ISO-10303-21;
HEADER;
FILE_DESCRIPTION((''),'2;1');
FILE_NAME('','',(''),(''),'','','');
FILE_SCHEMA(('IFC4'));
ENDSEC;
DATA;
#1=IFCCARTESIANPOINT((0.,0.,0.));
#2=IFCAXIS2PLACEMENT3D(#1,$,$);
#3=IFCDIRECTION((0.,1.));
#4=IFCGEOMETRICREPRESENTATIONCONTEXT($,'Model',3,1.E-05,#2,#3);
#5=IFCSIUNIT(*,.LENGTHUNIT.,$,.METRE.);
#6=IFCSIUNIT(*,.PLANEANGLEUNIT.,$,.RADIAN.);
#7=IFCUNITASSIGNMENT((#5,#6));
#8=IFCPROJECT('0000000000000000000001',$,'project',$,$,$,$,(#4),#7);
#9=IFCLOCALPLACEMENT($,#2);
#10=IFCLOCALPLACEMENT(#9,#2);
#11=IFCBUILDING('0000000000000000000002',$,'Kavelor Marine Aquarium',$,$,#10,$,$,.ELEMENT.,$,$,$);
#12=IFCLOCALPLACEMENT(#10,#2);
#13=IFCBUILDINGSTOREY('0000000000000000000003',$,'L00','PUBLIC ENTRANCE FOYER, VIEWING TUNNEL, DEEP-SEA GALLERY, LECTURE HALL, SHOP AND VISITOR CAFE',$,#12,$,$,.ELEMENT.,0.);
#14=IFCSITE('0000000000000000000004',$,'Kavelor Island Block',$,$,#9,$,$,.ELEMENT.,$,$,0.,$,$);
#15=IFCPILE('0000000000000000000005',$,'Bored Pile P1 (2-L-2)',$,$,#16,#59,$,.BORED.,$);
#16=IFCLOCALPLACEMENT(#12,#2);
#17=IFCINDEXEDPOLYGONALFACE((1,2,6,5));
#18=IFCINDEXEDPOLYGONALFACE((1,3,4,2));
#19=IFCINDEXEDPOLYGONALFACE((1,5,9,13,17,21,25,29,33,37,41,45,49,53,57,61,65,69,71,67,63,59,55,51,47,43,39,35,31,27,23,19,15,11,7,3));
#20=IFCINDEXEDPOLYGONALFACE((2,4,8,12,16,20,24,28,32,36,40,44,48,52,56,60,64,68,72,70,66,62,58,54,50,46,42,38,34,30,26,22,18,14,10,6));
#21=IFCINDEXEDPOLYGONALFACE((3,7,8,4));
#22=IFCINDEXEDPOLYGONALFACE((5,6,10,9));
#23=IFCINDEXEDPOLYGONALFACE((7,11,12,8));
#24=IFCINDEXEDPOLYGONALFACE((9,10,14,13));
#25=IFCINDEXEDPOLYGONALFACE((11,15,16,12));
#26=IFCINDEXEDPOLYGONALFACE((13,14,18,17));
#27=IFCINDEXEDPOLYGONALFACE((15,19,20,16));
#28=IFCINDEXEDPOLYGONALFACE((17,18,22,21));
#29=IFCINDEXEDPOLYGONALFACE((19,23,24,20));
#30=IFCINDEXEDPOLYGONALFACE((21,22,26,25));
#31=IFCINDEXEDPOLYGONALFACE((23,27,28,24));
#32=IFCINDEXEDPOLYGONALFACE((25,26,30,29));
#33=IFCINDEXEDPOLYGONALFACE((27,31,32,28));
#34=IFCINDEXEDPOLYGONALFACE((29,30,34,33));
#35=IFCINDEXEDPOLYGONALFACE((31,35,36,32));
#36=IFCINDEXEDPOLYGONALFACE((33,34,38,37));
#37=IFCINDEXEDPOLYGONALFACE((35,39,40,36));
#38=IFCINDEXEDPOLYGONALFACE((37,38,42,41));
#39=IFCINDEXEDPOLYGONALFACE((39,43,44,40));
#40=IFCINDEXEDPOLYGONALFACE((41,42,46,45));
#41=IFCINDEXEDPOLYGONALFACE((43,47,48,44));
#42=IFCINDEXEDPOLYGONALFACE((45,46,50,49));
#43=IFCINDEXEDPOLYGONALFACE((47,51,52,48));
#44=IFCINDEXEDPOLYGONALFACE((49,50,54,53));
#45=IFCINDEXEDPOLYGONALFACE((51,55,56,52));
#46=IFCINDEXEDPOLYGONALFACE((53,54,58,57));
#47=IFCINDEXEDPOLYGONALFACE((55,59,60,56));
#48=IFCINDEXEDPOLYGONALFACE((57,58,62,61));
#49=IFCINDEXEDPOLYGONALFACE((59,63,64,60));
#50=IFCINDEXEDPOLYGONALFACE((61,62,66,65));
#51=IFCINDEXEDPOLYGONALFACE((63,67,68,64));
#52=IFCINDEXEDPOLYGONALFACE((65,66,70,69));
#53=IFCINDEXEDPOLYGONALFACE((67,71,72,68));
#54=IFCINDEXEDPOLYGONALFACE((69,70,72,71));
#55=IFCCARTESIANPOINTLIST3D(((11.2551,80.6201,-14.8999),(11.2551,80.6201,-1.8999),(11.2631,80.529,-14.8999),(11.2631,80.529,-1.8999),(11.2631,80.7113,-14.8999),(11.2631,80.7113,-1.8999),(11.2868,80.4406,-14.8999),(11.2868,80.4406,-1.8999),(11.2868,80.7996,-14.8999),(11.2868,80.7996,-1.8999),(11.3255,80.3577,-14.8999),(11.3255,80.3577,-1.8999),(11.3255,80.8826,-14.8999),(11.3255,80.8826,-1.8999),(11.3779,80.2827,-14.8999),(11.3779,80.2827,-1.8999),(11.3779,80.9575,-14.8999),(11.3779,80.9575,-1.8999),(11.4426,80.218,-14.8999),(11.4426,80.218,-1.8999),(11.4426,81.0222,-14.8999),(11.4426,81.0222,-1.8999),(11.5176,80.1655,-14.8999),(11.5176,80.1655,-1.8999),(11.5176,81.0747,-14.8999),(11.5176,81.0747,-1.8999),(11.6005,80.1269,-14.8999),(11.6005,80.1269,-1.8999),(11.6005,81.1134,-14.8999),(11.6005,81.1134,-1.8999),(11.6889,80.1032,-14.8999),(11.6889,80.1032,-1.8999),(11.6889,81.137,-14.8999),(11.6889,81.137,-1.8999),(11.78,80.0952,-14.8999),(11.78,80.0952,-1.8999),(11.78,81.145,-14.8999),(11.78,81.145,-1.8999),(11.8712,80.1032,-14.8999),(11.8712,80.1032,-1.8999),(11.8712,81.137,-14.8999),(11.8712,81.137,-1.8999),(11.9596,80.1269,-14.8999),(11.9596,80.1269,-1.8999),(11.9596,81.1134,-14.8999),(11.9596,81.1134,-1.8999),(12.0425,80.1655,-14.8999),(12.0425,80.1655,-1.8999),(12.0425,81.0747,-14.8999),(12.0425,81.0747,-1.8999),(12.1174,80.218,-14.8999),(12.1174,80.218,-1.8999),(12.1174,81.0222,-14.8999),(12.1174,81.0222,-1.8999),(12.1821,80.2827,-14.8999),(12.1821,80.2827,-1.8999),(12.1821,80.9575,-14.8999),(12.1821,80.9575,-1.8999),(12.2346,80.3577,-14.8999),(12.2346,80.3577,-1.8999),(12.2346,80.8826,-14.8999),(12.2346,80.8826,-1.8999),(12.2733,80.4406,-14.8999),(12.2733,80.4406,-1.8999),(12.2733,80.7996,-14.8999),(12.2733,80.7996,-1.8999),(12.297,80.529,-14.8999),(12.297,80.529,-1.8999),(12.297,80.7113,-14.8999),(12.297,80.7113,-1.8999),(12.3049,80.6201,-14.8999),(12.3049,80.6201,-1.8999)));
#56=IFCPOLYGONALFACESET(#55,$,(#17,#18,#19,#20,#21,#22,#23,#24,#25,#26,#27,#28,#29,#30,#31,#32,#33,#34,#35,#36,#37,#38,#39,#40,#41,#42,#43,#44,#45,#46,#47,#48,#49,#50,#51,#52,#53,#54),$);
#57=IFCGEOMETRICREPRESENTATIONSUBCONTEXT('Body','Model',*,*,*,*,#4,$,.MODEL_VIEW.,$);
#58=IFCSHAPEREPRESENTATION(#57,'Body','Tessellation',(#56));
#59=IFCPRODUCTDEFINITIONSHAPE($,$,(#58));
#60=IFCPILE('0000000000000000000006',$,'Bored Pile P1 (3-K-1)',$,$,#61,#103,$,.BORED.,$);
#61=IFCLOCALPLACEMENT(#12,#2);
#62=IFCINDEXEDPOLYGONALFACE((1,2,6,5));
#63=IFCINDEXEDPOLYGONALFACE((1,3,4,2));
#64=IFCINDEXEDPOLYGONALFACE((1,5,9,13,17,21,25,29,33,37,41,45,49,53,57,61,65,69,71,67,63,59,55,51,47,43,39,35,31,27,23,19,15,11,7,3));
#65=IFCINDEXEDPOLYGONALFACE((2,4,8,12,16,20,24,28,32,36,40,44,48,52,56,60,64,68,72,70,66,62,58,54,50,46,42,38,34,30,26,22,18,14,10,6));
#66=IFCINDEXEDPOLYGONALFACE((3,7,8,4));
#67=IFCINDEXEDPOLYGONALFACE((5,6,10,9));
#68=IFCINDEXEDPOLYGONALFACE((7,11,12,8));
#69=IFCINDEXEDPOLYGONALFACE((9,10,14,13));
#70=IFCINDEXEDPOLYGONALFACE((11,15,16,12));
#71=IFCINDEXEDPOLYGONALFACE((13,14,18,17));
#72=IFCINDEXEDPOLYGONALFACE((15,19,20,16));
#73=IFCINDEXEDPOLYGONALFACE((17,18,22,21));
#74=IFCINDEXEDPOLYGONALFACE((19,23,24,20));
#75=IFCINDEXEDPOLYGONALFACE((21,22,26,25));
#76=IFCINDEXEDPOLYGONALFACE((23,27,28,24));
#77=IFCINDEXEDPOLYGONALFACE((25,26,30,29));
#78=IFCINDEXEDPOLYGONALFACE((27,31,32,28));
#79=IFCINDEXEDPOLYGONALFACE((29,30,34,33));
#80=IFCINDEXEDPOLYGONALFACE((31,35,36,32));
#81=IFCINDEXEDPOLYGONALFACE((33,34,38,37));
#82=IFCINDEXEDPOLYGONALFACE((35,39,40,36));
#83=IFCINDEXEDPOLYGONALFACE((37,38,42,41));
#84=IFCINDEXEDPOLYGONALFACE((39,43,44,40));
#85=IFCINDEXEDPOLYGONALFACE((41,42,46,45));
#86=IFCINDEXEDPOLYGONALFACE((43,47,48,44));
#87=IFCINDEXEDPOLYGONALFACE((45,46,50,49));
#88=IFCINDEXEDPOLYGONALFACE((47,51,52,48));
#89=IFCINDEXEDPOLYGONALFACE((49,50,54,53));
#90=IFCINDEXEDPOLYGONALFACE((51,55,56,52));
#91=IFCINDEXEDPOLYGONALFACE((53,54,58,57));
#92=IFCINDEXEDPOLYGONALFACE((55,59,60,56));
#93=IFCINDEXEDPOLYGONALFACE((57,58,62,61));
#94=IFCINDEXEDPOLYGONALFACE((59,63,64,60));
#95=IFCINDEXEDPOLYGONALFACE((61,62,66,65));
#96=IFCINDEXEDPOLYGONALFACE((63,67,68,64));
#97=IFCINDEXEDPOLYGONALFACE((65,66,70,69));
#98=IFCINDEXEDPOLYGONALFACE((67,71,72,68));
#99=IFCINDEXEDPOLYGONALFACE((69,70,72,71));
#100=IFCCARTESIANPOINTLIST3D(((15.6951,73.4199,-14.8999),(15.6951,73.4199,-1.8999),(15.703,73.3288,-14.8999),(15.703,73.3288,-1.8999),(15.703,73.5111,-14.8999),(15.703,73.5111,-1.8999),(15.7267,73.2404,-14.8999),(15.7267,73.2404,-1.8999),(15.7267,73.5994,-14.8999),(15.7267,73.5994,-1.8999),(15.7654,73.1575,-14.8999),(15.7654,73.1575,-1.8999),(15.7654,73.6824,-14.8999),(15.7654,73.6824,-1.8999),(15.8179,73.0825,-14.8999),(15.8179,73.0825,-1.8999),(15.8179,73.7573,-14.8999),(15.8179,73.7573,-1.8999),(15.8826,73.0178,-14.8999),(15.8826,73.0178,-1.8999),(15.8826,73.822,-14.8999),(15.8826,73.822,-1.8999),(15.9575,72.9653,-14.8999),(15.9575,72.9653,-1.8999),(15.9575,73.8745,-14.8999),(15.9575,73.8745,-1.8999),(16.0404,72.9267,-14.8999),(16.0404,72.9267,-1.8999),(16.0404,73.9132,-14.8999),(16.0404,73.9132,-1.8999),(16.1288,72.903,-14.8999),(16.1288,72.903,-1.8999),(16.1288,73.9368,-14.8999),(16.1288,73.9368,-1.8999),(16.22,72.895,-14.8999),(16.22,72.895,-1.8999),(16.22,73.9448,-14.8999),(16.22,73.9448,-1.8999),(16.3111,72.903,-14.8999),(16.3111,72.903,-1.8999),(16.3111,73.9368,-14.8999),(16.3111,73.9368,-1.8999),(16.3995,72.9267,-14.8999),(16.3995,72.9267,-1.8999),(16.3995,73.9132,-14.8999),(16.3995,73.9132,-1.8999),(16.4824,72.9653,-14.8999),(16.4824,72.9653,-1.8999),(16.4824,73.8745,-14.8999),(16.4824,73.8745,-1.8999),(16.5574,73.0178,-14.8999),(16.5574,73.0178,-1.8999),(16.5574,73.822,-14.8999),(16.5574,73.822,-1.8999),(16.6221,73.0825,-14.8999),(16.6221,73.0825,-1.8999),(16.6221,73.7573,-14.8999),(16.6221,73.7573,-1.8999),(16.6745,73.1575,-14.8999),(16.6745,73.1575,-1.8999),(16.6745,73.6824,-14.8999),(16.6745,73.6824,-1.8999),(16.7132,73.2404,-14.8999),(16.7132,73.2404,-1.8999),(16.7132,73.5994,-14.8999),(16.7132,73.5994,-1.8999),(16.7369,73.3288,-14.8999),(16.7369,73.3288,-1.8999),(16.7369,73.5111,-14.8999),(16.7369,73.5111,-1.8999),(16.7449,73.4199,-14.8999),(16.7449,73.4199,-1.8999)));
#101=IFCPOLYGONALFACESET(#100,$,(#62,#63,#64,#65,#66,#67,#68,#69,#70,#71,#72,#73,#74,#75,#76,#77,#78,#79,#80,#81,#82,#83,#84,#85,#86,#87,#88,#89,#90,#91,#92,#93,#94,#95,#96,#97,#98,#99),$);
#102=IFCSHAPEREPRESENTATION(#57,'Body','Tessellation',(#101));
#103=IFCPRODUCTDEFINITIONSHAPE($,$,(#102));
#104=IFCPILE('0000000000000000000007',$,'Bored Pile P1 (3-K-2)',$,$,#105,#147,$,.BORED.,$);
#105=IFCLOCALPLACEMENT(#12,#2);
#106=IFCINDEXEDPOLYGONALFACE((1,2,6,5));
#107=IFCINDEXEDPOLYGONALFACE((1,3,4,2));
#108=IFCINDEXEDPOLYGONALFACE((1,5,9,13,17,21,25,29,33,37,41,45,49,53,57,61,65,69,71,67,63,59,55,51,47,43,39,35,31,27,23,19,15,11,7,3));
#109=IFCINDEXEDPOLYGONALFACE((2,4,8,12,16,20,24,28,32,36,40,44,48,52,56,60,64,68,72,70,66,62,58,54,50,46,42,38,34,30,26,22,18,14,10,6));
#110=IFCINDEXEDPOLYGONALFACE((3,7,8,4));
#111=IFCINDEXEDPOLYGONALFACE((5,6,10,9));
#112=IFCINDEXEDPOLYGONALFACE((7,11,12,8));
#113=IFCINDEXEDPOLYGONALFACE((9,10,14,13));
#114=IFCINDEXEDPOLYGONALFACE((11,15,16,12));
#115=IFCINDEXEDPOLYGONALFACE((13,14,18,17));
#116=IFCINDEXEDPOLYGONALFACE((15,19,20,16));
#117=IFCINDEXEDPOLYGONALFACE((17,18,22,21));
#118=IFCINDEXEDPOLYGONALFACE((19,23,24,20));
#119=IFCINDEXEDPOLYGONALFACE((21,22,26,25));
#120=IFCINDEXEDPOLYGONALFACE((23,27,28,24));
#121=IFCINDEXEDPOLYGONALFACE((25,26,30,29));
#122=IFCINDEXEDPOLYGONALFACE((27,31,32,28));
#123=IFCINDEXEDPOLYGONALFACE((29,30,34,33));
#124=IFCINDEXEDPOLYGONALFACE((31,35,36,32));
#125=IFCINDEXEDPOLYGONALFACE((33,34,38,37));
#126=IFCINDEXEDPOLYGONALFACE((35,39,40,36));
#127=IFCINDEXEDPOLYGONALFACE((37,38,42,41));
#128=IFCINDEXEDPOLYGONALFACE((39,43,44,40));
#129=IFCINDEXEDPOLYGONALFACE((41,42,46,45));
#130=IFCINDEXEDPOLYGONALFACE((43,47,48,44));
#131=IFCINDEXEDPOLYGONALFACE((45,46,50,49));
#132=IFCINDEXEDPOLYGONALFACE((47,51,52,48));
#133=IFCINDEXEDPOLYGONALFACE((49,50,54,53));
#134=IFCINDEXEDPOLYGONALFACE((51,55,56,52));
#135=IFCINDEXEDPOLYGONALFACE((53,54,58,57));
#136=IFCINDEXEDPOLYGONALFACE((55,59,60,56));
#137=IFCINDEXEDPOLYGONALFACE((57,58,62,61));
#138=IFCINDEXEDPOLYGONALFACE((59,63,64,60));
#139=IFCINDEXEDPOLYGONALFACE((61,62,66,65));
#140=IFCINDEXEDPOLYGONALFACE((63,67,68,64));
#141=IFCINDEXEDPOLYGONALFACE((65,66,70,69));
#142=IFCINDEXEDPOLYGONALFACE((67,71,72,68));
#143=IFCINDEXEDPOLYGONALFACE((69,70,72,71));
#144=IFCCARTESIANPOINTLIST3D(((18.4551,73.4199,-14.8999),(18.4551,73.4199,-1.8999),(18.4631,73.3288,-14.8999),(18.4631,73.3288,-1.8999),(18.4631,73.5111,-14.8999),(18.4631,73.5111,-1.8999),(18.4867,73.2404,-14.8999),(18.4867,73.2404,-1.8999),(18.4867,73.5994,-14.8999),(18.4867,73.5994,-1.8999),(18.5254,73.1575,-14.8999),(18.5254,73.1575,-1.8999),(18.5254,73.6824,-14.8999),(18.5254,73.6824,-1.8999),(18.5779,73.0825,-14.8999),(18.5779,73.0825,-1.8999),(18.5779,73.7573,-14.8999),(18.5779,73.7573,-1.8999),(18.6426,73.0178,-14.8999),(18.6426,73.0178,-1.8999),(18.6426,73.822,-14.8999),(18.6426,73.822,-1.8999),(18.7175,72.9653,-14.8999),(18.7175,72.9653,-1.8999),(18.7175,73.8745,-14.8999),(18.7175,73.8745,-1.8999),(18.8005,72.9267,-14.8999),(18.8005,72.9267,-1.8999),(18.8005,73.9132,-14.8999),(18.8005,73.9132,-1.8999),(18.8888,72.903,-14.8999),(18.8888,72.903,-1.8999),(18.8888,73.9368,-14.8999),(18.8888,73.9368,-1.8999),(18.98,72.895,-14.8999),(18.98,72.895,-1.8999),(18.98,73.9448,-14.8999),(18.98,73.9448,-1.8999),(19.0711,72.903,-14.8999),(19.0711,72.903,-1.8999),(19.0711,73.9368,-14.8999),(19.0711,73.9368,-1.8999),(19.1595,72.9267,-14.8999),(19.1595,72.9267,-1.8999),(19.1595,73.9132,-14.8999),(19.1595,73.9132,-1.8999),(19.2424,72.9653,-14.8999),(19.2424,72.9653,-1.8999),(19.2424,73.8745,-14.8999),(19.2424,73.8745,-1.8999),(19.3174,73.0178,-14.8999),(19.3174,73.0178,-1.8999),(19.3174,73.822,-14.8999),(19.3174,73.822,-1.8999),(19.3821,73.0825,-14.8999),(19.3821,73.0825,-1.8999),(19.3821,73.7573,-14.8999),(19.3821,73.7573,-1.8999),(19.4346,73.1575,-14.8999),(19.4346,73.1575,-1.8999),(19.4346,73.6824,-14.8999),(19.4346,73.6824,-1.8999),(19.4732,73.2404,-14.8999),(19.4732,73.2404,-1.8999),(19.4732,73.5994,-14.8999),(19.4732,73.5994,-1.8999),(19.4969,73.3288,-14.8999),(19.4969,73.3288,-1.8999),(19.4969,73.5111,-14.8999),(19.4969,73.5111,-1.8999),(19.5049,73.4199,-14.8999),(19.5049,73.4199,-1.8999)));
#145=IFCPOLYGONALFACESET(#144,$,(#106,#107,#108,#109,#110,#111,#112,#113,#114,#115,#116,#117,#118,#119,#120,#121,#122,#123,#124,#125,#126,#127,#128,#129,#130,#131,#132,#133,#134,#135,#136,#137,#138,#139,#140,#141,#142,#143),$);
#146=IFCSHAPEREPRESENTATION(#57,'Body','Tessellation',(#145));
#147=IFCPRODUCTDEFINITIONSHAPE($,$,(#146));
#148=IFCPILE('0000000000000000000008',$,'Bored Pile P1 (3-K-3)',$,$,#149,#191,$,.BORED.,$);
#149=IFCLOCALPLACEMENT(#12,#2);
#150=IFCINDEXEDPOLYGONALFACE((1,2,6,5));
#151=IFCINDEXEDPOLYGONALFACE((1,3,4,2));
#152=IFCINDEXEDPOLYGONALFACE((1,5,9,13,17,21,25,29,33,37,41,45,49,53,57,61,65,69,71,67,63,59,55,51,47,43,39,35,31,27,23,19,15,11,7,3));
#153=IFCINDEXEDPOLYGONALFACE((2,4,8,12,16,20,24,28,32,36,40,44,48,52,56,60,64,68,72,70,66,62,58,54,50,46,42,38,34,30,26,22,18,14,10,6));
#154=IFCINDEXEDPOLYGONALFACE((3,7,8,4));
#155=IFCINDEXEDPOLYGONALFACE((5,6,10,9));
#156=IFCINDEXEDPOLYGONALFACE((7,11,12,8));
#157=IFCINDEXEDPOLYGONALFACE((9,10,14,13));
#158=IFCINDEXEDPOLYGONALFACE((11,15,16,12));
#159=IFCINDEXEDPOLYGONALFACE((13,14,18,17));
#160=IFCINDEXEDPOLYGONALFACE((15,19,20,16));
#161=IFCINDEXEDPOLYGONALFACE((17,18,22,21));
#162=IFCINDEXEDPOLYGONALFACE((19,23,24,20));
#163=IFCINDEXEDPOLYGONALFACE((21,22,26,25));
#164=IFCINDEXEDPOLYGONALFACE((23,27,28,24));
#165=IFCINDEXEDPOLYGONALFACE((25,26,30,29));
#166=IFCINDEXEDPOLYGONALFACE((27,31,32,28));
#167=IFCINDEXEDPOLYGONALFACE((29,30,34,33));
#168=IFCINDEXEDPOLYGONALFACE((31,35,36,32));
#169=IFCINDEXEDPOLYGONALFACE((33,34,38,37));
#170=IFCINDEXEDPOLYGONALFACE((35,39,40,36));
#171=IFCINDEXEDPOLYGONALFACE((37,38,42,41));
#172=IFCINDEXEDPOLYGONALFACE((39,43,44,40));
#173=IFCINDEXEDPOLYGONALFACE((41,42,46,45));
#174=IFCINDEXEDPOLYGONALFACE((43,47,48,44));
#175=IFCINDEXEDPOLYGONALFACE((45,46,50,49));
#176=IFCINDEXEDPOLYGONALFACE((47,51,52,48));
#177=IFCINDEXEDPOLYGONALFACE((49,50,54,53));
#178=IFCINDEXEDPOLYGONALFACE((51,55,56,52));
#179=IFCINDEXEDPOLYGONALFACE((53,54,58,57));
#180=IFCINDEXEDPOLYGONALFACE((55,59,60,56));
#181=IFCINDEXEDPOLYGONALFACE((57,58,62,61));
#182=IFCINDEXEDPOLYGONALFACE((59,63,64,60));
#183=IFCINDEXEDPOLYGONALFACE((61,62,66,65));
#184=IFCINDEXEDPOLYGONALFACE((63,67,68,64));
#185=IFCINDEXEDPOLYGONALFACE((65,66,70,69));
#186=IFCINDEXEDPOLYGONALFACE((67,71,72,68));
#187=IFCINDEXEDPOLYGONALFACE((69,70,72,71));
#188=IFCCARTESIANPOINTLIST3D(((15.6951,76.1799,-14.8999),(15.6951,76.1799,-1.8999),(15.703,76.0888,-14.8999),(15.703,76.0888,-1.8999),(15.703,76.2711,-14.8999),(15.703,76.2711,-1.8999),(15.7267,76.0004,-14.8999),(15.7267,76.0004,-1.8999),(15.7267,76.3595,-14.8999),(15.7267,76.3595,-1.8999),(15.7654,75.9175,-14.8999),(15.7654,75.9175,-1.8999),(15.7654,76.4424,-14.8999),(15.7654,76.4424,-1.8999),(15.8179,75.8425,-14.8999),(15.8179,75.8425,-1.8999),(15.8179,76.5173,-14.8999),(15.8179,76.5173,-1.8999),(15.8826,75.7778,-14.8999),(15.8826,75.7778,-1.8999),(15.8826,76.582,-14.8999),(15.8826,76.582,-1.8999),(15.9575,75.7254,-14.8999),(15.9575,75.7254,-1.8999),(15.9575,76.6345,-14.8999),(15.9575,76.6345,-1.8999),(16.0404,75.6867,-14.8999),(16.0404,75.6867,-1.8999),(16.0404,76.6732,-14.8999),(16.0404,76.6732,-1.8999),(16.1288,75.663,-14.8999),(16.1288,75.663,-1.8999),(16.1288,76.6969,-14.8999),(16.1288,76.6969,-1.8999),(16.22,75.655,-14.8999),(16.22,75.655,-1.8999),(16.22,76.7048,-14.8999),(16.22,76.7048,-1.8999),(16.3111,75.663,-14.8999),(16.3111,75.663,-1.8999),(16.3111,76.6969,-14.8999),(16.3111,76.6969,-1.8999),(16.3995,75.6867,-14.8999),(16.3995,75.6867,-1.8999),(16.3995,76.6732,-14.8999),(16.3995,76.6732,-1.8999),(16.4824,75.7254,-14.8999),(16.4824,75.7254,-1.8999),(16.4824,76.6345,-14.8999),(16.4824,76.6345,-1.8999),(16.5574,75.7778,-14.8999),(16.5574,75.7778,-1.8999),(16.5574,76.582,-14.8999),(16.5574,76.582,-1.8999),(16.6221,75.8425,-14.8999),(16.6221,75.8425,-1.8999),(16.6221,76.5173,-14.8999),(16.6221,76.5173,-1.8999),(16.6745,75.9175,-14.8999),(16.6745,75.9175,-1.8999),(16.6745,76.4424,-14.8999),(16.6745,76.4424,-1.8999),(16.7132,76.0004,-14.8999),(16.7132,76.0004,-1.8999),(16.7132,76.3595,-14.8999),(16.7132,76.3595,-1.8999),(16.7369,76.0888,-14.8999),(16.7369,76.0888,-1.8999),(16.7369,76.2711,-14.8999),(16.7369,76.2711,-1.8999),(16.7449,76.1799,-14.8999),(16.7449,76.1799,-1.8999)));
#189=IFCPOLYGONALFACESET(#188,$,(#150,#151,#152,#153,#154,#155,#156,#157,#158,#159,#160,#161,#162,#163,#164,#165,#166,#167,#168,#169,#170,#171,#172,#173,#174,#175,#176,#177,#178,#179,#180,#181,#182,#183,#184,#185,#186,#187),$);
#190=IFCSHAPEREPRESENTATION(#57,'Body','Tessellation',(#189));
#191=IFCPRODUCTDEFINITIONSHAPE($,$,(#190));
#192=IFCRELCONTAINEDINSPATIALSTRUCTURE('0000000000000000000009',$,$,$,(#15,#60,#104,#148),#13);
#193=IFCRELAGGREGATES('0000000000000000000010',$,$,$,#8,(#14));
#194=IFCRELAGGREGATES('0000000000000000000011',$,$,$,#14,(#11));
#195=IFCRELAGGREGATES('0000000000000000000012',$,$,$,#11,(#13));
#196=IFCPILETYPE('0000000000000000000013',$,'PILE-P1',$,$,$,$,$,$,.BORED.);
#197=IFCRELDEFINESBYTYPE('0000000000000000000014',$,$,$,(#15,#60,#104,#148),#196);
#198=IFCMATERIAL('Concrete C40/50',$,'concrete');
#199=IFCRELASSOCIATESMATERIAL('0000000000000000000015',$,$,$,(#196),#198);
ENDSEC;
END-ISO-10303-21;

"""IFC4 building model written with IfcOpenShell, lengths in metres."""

from ifc_helpers import new_model, si_unit, direction, frame, origin, origin_2d, place, context, subcontext, project, spatial, circle, extrude, material, material_profile, profile_set, type_object, element, save


model = new_model("IFC4")

# Units and contexts
model_context = context("Model", 3, precision=1e-05, world=origin(), true_north=direction((0.0, 1.0)))
body_context = subcontext(model_context, "Body", "Model", "MODEL_VIEW")
ifc_project = project(units=[si_unit("LENGTHUNIT", "METRE"), si_unit("PLANEANGLEUNIT", "RADIAN")], contexts=[model_context])

# Site, building, storey
site_placement = place(None, origin())
site = spatial("IfcSite", under=ifc_project, at=site_placement, Name="Kavelor Island Block", CompositionType="ELEMENT", RefElevation=0.0)
building_placement = place(site_placement, origin())
building = spatial("IfcBuilding", under=site, at=building_placement, Name="Kavelor Marine Aquarium", CompositionType="ELEMENT")
storey_placement = place(building_placement, origin())
storey = spatial("IfcBuildingStorey", under=building, at=storey_placement, Name="L00", Description="PUBLIC ENTRANCE FOYER, VIEWING TUNNEL, DEEP-SEA GALLERY, LECTURE HALL, SHOP AND VISITOR CAFE", CompositionType="ELEMENT", Elevation=0.0)

# Piles
ifc_material_1 = material(Name="Concrete C40/50", Category="concrete")
ifc_material_profile_1 = material_profile(ifc_material_1, circle(Radius=0.5249, at=origin_2d()), Name="PILE D1050")
ifc_profile_set_1 = profile_set([ifc_material_profile_1], Name="Concrete C40/50")
pile_type = type_object("IfcPileType", Name="PILE-P1", PredefinedType="BORED", material=ifc_profile_set_1)
for number, where, z_axis, x_axis, name in (
    (1, (11.78, 80.6201, -1.8999), (0.0, 0.0, -1.0), (1.0, 0.0, 0.0), "Bored Pile P1 (2-L-2)"),
    (2, (16.22, 73.4199, -1.8999), (0.0, 0.0, -1.0), (1.0, 0.0, 0.0), "Bored Pile P1 (3-K-1)"),
    (3, (18.98, 73.4199, -1.8999), (0.0, 0.0, -1.0), (1.0, 0.0, 0.0), "Bored Pile P1 (3-K-2)"),
    (4, (16.22, 76.1799, -1.8999), (0.0, 0.0, -1.0), (1.0, 0.0, 0.0), "Bored Pile P1 (3-K-3)"),
):
    element("IfcPile", number, at=place(storey_placement, frame(where, z_axis=z_axis, x_axis=x_axis)), inside=storey, type_object=pile_type, Name=name, PredefinedType="BORED", context=body_context, shape_type="SweptSolid", body=[
        extrude(circle(Radius=0.5249, at=origin_2d()), origin(), (0.0, 0.0, 1.0), 13.0),
    ])

save(model, "model.ifc")
